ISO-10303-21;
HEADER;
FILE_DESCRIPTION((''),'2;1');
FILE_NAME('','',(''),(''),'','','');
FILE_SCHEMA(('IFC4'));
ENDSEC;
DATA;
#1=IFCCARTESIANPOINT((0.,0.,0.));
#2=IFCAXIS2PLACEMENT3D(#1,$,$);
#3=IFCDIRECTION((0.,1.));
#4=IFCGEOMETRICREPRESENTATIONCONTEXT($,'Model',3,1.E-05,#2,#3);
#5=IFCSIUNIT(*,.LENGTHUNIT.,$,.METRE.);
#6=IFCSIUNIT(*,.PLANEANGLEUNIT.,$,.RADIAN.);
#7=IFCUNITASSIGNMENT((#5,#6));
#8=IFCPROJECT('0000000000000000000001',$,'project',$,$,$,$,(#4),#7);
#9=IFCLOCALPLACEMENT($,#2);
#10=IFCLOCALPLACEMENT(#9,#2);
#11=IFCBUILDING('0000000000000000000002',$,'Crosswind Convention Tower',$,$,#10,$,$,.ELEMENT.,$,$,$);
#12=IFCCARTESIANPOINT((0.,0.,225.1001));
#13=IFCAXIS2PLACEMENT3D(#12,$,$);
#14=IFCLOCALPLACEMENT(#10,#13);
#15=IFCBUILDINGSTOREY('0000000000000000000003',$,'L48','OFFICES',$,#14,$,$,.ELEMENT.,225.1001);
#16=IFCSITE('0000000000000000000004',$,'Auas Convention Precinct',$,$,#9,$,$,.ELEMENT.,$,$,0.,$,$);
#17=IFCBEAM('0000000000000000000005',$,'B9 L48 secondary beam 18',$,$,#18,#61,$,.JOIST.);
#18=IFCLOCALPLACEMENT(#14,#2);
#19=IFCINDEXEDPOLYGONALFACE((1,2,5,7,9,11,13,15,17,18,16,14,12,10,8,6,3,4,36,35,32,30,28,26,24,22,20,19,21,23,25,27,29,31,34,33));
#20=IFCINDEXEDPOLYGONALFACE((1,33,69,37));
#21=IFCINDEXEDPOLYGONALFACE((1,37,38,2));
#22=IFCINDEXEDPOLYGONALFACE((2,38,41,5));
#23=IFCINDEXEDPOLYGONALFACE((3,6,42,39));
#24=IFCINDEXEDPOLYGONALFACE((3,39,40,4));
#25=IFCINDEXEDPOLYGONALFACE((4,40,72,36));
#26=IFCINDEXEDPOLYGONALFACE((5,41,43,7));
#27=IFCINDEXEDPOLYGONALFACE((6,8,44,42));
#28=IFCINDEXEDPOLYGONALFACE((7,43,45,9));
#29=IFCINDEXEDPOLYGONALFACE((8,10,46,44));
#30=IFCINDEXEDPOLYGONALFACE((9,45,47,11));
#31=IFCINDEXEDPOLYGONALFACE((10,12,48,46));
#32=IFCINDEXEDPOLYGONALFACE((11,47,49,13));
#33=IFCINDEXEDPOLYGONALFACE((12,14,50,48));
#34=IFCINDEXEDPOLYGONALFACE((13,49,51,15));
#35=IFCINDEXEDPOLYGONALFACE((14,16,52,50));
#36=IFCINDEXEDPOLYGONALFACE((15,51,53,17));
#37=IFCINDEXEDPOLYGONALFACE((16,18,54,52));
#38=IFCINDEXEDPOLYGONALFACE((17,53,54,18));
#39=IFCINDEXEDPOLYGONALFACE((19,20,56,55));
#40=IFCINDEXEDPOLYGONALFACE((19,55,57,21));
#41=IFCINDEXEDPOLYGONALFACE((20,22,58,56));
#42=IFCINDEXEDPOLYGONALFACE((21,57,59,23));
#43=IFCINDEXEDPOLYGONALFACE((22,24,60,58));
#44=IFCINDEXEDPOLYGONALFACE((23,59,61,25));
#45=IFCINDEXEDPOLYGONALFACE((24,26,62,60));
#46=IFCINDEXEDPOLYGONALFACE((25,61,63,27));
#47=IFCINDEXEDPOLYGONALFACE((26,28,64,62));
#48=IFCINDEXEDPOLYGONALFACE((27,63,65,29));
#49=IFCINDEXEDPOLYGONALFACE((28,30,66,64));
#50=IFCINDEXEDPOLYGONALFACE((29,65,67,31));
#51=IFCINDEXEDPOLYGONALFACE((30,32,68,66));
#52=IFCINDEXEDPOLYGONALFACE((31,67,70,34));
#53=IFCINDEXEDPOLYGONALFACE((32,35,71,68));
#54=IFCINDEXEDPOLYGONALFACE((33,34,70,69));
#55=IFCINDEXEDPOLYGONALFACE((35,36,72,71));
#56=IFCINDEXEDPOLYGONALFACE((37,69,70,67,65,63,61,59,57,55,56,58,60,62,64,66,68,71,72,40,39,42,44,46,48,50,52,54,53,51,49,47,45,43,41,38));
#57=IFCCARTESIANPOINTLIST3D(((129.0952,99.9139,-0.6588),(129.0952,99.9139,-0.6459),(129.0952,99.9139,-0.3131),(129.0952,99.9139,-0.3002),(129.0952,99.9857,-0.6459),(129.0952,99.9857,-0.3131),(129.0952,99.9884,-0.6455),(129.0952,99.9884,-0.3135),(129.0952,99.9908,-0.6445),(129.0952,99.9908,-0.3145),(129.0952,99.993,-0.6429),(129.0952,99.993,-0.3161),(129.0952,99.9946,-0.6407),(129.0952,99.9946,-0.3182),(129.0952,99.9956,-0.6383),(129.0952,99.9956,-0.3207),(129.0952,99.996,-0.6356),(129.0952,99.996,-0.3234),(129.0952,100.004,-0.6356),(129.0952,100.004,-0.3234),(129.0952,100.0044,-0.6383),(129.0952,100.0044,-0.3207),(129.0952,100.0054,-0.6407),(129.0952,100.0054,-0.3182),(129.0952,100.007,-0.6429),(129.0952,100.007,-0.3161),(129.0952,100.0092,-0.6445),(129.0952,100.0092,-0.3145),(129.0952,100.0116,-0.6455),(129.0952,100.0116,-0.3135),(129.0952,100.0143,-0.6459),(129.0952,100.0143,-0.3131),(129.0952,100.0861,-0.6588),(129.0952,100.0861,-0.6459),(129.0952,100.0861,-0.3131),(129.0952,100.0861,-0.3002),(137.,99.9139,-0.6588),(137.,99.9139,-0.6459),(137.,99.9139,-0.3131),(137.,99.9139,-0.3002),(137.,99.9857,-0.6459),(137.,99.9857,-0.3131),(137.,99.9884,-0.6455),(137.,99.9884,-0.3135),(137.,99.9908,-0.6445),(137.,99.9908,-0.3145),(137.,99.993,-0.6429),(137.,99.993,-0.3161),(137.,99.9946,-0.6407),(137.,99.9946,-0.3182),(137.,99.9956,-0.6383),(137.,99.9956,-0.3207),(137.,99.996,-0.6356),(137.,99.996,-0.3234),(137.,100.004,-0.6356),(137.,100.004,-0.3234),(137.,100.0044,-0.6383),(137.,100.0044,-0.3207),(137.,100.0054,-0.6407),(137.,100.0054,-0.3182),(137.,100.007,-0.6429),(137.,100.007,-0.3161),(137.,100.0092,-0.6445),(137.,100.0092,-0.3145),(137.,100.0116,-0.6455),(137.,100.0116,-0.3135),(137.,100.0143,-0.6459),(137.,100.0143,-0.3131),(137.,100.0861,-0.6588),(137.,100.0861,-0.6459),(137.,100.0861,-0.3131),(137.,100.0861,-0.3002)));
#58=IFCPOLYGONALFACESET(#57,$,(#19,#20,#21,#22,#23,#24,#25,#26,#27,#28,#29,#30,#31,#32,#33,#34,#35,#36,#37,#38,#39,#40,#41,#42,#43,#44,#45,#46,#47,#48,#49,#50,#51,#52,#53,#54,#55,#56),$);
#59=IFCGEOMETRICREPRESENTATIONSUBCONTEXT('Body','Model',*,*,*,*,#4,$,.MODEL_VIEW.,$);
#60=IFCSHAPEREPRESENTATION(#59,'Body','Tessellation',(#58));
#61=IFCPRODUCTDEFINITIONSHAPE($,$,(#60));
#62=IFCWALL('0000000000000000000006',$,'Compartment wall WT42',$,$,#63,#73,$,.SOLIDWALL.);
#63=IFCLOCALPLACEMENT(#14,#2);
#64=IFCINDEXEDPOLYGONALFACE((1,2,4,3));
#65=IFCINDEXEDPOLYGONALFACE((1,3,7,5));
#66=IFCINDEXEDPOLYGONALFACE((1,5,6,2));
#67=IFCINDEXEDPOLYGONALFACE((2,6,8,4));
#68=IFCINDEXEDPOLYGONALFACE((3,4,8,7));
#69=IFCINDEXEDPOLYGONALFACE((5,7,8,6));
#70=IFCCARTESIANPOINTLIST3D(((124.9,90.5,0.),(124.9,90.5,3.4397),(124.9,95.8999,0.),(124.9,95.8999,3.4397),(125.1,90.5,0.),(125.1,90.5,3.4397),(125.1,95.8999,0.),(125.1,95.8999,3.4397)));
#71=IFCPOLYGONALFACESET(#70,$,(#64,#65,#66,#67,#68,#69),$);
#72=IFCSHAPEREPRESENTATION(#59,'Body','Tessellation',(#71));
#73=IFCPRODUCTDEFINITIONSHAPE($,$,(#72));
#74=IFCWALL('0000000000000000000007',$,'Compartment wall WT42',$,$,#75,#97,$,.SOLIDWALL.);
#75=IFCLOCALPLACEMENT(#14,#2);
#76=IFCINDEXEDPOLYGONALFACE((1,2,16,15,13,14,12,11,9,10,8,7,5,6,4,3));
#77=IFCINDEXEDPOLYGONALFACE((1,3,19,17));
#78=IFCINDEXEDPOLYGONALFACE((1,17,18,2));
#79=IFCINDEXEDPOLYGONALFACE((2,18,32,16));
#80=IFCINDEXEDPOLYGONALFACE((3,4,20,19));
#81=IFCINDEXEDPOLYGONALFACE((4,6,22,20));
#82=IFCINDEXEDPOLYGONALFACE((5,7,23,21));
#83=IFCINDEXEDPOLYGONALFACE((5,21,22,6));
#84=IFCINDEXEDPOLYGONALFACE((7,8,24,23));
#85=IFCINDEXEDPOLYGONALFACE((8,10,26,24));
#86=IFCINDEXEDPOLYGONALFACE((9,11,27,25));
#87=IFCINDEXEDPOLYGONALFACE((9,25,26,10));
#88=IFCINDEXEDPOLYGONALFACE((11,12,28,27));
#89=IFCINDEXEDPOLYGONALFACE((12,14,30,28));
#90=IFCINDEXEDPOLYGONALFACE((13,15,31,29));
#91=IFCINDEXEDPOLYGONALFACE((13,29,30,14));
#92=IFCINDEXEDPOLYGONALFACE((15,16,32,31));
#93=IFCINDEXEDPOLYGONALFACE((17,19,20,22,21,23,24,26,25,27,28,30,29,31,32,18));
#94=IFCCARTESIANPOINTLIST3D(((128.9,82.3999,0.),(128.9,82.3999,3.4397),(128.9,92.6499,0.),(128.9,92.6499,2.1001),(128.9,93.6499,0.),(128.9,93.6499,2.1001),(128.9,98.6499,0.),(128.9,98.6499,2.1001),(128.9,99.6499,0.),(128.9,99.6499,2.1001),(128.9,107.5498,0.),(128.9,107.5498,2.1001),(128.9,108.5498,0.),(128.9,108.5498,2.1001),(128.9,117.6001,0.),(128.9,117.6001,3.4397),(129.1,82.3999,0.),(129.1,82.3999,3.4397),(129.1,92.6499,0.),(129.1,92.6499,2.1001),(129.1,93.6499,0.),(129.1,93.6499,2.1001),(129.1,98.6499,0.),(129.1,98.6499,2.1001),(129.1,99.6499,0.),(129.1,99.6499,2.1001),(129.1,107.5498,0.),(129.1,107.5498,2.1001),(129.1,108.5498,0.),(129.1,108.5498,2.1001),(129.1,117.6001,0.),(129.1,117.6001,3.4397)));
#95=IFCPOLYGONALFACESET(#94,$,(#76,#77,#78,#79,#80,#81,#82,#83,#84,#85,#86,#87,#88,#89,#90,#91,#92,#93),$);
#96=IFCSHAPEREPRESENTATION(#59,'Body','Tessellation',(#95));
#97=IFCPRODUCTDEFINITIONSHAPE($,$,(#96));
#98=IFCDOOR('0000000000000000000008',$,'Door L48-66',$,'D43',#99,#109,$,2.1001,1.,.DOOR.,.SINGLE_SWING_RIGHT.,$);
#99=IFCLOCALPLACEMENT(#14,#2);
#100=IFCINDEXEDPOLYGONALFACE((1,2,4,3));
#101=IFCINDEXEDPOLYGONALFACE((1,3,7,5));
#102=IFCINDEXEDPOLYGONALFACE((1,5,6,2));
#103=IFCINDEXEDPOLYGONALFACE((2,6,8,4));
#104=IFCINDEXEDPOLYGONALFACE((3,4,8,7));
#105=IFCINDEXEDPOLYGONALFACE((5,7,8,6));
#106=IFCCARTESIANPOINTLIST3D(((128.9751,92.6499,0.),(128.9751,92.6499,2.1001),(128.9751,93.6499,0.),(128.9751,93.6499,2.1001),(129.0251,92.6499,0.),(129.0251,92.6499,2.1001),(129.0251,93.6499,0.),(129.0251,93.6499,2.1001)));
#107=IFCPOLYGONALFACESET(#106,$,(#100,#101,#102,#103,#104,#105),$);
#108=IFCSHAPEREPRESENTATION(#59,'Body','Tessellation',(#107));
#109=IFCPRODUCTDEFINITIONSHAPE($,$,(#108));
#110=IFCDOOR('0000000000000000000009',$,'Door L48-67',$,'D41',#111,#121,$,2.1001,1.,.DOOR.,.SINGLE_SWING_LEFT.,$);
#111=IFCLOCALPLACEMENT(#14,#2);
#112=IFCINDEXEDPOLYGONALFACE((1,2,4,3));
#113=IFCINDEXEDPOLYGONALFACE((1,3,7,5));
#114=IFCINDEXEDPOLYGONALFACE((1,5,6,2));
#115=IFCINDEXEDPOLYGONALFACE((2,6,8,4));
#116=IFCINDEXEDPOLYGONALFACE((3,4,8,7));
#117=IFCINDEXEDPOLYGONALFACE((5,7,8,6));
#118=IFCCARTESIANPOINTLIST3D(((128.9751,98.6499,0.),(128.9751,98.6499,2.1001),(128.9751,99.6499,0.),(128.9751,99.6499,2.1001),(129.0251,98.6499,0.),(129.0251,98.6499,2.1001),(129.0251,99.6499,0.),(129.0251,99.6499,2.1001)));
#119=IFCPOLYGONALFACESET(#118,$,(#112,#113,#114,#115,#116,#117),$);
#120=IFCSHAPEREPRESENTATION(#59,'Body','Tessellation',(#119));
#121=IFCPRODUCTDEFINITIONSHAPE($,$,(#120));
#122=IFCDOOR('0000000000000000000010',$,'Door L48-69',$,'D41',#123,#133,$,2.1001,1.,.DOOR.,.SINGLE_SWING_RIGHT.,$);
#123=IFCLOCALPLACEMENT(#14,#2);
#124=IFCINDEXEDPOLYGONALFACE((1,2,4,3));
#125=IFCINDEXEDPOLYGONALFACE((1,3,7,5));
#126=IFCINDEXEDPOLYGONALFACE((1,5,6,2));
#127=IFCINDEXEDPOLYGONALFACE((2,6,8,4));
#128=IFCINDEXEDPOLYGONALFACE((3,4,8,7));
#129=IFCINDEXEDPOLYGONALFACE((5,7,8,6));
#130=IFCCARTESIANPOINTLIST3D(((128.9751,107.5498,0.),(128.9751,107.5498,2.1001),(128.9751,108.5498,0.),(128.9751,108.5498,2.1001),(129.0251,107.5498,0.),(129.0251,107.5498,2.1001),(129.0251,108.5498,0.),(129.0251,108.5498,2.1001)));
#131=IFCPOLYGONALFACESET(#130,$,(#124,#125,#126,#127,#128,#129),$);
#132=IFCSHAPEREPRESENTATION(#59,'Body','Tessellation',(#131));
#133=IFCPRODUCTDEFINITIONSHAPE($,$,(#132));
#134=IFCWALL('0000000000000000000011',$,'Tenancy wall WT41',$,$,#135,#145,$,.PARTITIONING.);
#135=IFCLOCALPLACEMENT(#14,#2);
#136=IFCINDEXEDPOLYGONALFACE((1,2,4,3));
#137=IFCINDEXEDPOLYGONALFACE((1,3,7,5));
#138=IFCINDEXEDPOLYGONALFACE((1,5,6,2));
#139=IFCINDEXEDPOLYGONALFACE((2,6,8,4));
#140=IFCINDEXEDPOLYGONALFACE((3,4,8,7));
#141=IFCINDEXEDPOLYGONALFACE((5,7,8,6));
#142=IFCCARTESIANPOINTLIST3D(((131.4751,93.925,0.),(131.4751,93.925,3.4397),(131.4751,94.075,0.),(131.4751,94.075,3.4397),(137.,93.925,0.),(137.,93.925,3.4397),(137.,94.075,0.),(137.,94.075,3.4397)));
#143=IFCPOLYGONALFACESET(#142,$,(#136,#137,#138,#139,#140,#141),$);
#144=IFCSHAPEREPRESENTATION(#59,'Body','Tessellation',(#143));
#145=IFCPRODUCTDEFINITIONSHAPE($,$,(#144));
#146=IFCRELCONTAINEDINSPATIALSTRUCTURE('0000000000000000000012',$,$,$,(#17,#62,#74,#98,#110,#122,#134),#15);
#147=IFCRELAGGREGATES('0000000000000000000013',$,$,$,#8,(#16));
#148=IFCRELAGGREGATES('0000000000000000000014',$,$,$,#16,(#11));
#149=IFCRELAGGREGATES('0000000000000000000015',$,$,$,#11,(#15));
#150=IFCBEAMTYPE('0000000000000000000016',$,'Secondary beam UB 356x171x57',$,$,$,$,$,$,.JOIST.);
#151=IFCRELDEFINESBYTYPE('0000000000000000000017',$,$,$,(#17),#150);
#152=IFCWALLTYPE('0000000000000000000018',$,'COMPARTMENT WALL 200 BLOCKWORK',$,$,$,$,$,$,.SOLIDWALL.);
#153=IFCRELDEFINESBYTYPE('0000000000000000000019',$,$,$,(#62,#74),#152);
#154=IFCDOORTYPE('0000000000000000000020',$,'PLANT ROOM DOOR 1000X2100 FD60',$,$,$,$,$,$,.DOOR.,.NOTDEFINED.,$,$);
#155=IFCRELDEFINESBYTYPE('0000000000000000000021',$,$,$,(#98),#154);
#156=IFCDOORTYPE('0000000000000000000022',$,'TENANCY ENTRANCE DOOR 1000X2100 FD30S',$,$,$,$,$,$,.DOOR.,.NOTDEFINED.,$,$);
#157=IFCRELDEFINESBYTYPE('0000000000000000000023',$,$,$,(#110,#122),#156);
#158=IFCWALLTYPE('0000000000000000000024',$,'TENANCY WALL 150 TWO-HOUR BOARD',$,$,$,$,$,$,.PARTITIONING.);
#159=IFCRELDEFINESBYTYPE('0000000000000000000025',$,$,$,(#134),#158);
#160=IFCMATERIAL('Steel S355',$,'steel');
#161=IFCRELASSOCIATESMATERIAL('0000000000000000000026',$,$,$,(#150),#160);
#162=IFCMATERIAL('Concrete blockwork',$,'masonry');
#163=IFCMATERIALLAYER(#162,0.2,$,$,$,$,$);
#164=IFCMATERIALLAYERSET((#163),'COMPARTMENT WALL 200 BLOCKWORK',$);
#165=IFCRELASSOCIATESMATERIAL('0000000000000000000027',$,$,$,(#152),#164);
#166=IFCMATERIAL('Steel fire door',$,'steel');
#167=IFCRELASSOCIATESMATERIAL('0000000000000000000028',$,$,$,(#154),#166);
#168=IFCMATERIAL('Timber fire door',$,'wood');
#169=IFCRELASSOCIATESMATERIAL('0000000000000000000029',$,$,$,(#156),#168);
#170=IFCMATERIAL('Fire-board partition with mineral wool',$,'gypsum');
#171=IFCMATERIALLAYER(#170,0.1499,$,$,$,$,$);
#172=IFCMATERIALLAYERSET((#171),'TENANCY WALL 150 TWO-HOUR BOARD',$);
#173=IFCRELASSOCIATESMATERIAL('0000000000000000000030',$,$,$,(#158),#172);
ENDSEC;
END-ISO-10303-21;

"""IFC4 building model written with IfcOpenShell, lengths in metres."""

from ifc_helpers import new_model, si_unit, direction, frame, frame_2d, origin, origin_2d, place, context, subcontext, project, spatial, rectangle, i_section, extrude, material, layer, layer_set, material_profile, profile_set, type_object, element, fill, save


model = new_model("IFC4")

# Units and contexts
model_context = context("Model", 3, precision=1e-05, world=origin(), true_north=direction((0.0, 1.0)))
body_context = subcontext(model_context, "Body", "Model", "MODEL_VIEW")
ifc_project = project(units=[si_unit("LENGTHUNIT", "METRE"), si_unit("PLANEANGLEUNIT", "RADIAN")], contexts=[model_context])

# Site, building, storey
site_placement = place(None, origin())
site = spatial("IfcSite", under=ifc_project, at=site_placement, Name="Auas Convention Precinct", CompositionType="ELEMENT", RefElevation=0.0)
building_placement = place(site_placement, origin())
building = spatial("IfcBuilding", under=site, at=building_placement, Name="Crosswind Convention Tower", CompositionType="ELEMENT")
storey_placement = place(building_placement, frame((0.0, 0.0, 225.1001)))
storey = spatial("IfcBuildingStorey", under=building, at=storey_placement, Name="L48", Description="OFFICES", CompositionType="ELEMENT", Elevation=225.1001)

# Beam
ifc_material_1 = material(Name="Steel S355", Category="steel")
ifc_material_profile_1 = material_profile(ifc_material_1, i_section(OverallWidth=0.1721, OverallDepth=0.3586, WebThickness=0.0081, FlangeThickness=0.0129, FilletRadius=0.0103, at=origin_2d()), Name="UB 356x171x57")
ifc_profile_set_1 = profile_set([ifc_material_profile_1], Name="Steel S355")
beam_type_1 = type_object("IfcBeamType", Name="Secondary beam UB 356x171x57", PredefinedType="JOIST", material=ifc_profile_set_1)
for number, where, z_axis, x_axis, name in (
    (1, (129.0952, 100.0, -0.4795), (1.0, 0.0, 0.0), (0.0, 1.0, 0.0), "B9 L48 secondary beam 18"),
):
    element("IfcBeam", number, at=place(storey_placement, frame(where, z_axis=z_axis, x_axis=x_axis)), inside=storey, type_object=beam_type_1, Name=name, PredefinedType="JOIST", context=body_context, shape_type="SweptSolid", body=[
        extrude(i_section(OverallWidth=0.1721, OverallDepth=0.3586, WebThickness=0.0081, FlangeThickness=0.0129, FilletRadius=0.0103, at=origin_2d()), origin(), (0.0, 0.0, 1.0), 7.9048),
    ])

# Wall
ifc_material_2 = material(Name="Concrete blockwork", Category="masonry")
ifc_layer_1 = layer(ifc_material_2, 0.2)
ifc_layer_set_1 = layer_set([ifc_layer_1], Name="COMPARTMENT WALL 200 BLOCKWORK")
wall_type_1 = type_object("IfcWallType", Name="COMPARTMENT WALL 200 BLOCKWORK", PredefinedType="SOLIDWALL", material=ifc_layer_set_1)
wall_1_placement = place(storey_placement, frame((125.0, 90.5, 0.0), z_axis=(0.0, 0.0, 1.0), x_axis=(0.0, 1.0, 0.0)))
element("IfcWall", 2, at=wall_1_placement, inside=storey, type_object=wall_type_1, Name="Compartment wall WT42", PredefinedType="SOLIDWALL", context=body_context, shape_type="SweptSolid", body=[
    extrude(rectangle(XDim=5.3999, YDim=0.2, at=frame_2d((2.7, 0.0))), origin(), (0.0, 0.0, 1.0), 3.4397),
])

# Wall, openings, doors
wall_2_placement = place(storey_placement, frame((129.0, 82.3999, 0.0), z_axis=(0.0, 0.0, 1.0), x_axis=(0.0, 1.0, 0.0)))
wall_2 = element("IfcWall", 3, at=wall_2_placement, inside=storey, type_object=wall_type_1, Name="Compartment wall WT42", PredefinedType="SOLIDWALL", context=body_context, shape_type="SweptSolid", body=[
    extrude(rectangle(XDim=35.2002, YDim=0.2, at=frame_2d((17.6001, 0.0))), origin(), (0.0, 0.0, 1.0), 3.4397),
])
opening_1_placement = place(wall_2_placement, frame((10.25, 0.0, 0.0)))
opening_1 = element("IfcOpeningElement", 4, at=opening_1_placement, cuts=wall_2, PredefinedType="OPENING", context=body_context, shape_type="SweptSolid", body=[
    extrude(rectangle(XDim=1.0, YDim=2.1001, at=frame_2d((0.5, 1.05))), frame((0.0, 0.1099, 0.0), z_axis=(0.0, -1.0, 0.0), x_axis=(1.0, 0.0, 0.0)), (0.0, 0.0, 1.0), 0.22),
])
opening_2_placement = place(wall_2_placement, frame((16.25, 0.0, 0.0)))
opening_2 = element("IfcOpeningElement", 5, at=opening_2_placement, cuts=wall_2, PredefinedType="OPENING", context=body_context, shape_type="SweptSolid", body=[
    extrude(rectangle(XDim=1.0, YDim=2.1001, at=frame_2d((0.5, 1.05))), frame((0.0, 0.1099, 0.0), z_axis=(0.0, -1.0, 0.0), x_axis=(1.0, 0.0, 0.0)), (0.0, 0.0, 1.0), 0.22),
])
opening_3_placement = place(wall_2_placement, frame((25.1499, 0.0, 0.0)))
opening_3 = element("IfcOpeningElement", 6, at=opening_3_placement, cuts=wall_2, PredefinedType="OPENING", context=body_context, shape_type="SweptSolid", body=[
    extrude(rectangle(XDim=1.0, YDim=2.1001, at=frame_2d((0.5, 1.05))), frame((0.0, 0.1099, 0.0), z_axis=(0.0, -1.0, 0.0), x_axis=(1.0, 0.0, 0.0)), (0.0, 0.0, 1.0), 0.22),
])
ifc_material_3 = material(Name="Steel fire door", Category="steel")
door_type_1 = type_object("IfcDoorType", Name="PLANT ROOM DOOR 1000X2100 FD60", OperationType="NOTDEFINED", PredefinedType="DOOR", material=ifc_material_3)
door_1_placement = place(opening_1_placement, origin())
door_1 = element("IfcDoor", 7, at=door_1_placement, inside=storey, type_object=door_type_1, Name="Door L48-66", ObjectType="D43", OperationType="SINGLE_SWING_RIGHT", OverallHeight=2.1001, OverallWidth=1.0, PredefinedType="DOOR", context=body_context, shape_type="SweptSolid", body=[
    extrude(rectangle(XDim=1.0, YDim=2.1001, at=frame_2d((0.5, 1.05))), frame((0.0, 0.0249, 0.0), z_axis=(0.0, -1.0, 0.0), x_axis=(1.0, 0.0, 0.0)), (0.0, 0.0, 1.0), 0.05),
])
fill(opening_1, door_1)
ifc_material_4 = material(Name="Timber fire door", Category="wood")
door_type_2 = type_object("IfcDoorType", Name="TENANCY ENTRANCE DOOR 1000X2100 FD30S", OperationType="NOTDEFINED", PredefinedType="DOOR", material=ifc_material_4)
door_2_placement = place(opening_2_placement, origin())
door_2 = element("IfcDoor", 8, at=door_2_placement, inside=storey, type_object=door_type_2, Name="Door L48-67", ObjectType="D41", OperationType="SINGLE_SWING_LEFT", OverallHeight=2.1001, OverallWidth=1.0, PredefinedType="DOOR", context=body_context, shape_type="SweptSolid", body=[
    extrude(rectangle(XDim=1.0, YDim=2.1001, at=frame_2d((0.5, 1.05))), frame((0.0, 0.0249, 0.0), z_axis=(0.0, -1.0, 0.0), x_axis=(1.0, 0.0, 0.0)), (0.0, 0.0, 1.0), 0.05),
])
fill(opening_2, door_2)
door_3_placement = place(opening_3_placement, origin())
door_3 = element("IfcDoor", 9, at=door_3_placement, inside=storey, type_object=door_type_2, Name="Door L48-69", ObjectType="D41", OperationType="SINGLE_SWING_RIGHT", OverallHeight=2.1001, OverallWidth=1.0, PredefinedType="DOOR", context=body_context, shape_type="SweptSolid", body=[
    extrude(rectangle(XDim=1.0, YDim=2.1001, at=frame_2d((0.5, 1.05))), frame((0.0, 0.0249, 0.0), z_axis=(0.0, -1.0, 0.0), x_axis=(1.0, 0.0, 0.0)), (0.0, 0.0, 1.0), 0.05),
])
fill(opening_3, door_3)

# Wall
ifc_material_5 = material(Name="Fire-board partition with mineral wool", Category="gypsum")
ifc_layer_2 = layer(ifc_material_5, 0.1499)
ifc_layer_set_2 = layer_set([ifc_layer_2], Name="TENANCY WALL 150 TWO-HOUR BOARD")
wall_type_2 = type_object("IfcWallType", Name="TENANCY WALL 150 TWO-HOUR BOARD", PredefinedType="PARTITIONING", material=ifc_layer_set_2)
wall_3_placement = place(storey_placement, frame((131.4751, 94.0, 0.0), z_axis=(0.0, 0.0, 1.0), x_axis=(1.0, 0.0, 0.0)))
element("IfcWall", 10, at=wall_3_placement, inside=storey, type_object=wall_type_2, Name="Tenancy wall WT41", PredefinedType="PARTITIONING", context=body_context, shape_type="SweptSolid", body=[
    extrude(rectangle(XDim=5.5249, YDim=0.1499, at=frame_2d((2.7625, 0.0))), origin(), (0.0, 0.0, 1.0), 3.4397),
])

save(model, "model.ifc")
